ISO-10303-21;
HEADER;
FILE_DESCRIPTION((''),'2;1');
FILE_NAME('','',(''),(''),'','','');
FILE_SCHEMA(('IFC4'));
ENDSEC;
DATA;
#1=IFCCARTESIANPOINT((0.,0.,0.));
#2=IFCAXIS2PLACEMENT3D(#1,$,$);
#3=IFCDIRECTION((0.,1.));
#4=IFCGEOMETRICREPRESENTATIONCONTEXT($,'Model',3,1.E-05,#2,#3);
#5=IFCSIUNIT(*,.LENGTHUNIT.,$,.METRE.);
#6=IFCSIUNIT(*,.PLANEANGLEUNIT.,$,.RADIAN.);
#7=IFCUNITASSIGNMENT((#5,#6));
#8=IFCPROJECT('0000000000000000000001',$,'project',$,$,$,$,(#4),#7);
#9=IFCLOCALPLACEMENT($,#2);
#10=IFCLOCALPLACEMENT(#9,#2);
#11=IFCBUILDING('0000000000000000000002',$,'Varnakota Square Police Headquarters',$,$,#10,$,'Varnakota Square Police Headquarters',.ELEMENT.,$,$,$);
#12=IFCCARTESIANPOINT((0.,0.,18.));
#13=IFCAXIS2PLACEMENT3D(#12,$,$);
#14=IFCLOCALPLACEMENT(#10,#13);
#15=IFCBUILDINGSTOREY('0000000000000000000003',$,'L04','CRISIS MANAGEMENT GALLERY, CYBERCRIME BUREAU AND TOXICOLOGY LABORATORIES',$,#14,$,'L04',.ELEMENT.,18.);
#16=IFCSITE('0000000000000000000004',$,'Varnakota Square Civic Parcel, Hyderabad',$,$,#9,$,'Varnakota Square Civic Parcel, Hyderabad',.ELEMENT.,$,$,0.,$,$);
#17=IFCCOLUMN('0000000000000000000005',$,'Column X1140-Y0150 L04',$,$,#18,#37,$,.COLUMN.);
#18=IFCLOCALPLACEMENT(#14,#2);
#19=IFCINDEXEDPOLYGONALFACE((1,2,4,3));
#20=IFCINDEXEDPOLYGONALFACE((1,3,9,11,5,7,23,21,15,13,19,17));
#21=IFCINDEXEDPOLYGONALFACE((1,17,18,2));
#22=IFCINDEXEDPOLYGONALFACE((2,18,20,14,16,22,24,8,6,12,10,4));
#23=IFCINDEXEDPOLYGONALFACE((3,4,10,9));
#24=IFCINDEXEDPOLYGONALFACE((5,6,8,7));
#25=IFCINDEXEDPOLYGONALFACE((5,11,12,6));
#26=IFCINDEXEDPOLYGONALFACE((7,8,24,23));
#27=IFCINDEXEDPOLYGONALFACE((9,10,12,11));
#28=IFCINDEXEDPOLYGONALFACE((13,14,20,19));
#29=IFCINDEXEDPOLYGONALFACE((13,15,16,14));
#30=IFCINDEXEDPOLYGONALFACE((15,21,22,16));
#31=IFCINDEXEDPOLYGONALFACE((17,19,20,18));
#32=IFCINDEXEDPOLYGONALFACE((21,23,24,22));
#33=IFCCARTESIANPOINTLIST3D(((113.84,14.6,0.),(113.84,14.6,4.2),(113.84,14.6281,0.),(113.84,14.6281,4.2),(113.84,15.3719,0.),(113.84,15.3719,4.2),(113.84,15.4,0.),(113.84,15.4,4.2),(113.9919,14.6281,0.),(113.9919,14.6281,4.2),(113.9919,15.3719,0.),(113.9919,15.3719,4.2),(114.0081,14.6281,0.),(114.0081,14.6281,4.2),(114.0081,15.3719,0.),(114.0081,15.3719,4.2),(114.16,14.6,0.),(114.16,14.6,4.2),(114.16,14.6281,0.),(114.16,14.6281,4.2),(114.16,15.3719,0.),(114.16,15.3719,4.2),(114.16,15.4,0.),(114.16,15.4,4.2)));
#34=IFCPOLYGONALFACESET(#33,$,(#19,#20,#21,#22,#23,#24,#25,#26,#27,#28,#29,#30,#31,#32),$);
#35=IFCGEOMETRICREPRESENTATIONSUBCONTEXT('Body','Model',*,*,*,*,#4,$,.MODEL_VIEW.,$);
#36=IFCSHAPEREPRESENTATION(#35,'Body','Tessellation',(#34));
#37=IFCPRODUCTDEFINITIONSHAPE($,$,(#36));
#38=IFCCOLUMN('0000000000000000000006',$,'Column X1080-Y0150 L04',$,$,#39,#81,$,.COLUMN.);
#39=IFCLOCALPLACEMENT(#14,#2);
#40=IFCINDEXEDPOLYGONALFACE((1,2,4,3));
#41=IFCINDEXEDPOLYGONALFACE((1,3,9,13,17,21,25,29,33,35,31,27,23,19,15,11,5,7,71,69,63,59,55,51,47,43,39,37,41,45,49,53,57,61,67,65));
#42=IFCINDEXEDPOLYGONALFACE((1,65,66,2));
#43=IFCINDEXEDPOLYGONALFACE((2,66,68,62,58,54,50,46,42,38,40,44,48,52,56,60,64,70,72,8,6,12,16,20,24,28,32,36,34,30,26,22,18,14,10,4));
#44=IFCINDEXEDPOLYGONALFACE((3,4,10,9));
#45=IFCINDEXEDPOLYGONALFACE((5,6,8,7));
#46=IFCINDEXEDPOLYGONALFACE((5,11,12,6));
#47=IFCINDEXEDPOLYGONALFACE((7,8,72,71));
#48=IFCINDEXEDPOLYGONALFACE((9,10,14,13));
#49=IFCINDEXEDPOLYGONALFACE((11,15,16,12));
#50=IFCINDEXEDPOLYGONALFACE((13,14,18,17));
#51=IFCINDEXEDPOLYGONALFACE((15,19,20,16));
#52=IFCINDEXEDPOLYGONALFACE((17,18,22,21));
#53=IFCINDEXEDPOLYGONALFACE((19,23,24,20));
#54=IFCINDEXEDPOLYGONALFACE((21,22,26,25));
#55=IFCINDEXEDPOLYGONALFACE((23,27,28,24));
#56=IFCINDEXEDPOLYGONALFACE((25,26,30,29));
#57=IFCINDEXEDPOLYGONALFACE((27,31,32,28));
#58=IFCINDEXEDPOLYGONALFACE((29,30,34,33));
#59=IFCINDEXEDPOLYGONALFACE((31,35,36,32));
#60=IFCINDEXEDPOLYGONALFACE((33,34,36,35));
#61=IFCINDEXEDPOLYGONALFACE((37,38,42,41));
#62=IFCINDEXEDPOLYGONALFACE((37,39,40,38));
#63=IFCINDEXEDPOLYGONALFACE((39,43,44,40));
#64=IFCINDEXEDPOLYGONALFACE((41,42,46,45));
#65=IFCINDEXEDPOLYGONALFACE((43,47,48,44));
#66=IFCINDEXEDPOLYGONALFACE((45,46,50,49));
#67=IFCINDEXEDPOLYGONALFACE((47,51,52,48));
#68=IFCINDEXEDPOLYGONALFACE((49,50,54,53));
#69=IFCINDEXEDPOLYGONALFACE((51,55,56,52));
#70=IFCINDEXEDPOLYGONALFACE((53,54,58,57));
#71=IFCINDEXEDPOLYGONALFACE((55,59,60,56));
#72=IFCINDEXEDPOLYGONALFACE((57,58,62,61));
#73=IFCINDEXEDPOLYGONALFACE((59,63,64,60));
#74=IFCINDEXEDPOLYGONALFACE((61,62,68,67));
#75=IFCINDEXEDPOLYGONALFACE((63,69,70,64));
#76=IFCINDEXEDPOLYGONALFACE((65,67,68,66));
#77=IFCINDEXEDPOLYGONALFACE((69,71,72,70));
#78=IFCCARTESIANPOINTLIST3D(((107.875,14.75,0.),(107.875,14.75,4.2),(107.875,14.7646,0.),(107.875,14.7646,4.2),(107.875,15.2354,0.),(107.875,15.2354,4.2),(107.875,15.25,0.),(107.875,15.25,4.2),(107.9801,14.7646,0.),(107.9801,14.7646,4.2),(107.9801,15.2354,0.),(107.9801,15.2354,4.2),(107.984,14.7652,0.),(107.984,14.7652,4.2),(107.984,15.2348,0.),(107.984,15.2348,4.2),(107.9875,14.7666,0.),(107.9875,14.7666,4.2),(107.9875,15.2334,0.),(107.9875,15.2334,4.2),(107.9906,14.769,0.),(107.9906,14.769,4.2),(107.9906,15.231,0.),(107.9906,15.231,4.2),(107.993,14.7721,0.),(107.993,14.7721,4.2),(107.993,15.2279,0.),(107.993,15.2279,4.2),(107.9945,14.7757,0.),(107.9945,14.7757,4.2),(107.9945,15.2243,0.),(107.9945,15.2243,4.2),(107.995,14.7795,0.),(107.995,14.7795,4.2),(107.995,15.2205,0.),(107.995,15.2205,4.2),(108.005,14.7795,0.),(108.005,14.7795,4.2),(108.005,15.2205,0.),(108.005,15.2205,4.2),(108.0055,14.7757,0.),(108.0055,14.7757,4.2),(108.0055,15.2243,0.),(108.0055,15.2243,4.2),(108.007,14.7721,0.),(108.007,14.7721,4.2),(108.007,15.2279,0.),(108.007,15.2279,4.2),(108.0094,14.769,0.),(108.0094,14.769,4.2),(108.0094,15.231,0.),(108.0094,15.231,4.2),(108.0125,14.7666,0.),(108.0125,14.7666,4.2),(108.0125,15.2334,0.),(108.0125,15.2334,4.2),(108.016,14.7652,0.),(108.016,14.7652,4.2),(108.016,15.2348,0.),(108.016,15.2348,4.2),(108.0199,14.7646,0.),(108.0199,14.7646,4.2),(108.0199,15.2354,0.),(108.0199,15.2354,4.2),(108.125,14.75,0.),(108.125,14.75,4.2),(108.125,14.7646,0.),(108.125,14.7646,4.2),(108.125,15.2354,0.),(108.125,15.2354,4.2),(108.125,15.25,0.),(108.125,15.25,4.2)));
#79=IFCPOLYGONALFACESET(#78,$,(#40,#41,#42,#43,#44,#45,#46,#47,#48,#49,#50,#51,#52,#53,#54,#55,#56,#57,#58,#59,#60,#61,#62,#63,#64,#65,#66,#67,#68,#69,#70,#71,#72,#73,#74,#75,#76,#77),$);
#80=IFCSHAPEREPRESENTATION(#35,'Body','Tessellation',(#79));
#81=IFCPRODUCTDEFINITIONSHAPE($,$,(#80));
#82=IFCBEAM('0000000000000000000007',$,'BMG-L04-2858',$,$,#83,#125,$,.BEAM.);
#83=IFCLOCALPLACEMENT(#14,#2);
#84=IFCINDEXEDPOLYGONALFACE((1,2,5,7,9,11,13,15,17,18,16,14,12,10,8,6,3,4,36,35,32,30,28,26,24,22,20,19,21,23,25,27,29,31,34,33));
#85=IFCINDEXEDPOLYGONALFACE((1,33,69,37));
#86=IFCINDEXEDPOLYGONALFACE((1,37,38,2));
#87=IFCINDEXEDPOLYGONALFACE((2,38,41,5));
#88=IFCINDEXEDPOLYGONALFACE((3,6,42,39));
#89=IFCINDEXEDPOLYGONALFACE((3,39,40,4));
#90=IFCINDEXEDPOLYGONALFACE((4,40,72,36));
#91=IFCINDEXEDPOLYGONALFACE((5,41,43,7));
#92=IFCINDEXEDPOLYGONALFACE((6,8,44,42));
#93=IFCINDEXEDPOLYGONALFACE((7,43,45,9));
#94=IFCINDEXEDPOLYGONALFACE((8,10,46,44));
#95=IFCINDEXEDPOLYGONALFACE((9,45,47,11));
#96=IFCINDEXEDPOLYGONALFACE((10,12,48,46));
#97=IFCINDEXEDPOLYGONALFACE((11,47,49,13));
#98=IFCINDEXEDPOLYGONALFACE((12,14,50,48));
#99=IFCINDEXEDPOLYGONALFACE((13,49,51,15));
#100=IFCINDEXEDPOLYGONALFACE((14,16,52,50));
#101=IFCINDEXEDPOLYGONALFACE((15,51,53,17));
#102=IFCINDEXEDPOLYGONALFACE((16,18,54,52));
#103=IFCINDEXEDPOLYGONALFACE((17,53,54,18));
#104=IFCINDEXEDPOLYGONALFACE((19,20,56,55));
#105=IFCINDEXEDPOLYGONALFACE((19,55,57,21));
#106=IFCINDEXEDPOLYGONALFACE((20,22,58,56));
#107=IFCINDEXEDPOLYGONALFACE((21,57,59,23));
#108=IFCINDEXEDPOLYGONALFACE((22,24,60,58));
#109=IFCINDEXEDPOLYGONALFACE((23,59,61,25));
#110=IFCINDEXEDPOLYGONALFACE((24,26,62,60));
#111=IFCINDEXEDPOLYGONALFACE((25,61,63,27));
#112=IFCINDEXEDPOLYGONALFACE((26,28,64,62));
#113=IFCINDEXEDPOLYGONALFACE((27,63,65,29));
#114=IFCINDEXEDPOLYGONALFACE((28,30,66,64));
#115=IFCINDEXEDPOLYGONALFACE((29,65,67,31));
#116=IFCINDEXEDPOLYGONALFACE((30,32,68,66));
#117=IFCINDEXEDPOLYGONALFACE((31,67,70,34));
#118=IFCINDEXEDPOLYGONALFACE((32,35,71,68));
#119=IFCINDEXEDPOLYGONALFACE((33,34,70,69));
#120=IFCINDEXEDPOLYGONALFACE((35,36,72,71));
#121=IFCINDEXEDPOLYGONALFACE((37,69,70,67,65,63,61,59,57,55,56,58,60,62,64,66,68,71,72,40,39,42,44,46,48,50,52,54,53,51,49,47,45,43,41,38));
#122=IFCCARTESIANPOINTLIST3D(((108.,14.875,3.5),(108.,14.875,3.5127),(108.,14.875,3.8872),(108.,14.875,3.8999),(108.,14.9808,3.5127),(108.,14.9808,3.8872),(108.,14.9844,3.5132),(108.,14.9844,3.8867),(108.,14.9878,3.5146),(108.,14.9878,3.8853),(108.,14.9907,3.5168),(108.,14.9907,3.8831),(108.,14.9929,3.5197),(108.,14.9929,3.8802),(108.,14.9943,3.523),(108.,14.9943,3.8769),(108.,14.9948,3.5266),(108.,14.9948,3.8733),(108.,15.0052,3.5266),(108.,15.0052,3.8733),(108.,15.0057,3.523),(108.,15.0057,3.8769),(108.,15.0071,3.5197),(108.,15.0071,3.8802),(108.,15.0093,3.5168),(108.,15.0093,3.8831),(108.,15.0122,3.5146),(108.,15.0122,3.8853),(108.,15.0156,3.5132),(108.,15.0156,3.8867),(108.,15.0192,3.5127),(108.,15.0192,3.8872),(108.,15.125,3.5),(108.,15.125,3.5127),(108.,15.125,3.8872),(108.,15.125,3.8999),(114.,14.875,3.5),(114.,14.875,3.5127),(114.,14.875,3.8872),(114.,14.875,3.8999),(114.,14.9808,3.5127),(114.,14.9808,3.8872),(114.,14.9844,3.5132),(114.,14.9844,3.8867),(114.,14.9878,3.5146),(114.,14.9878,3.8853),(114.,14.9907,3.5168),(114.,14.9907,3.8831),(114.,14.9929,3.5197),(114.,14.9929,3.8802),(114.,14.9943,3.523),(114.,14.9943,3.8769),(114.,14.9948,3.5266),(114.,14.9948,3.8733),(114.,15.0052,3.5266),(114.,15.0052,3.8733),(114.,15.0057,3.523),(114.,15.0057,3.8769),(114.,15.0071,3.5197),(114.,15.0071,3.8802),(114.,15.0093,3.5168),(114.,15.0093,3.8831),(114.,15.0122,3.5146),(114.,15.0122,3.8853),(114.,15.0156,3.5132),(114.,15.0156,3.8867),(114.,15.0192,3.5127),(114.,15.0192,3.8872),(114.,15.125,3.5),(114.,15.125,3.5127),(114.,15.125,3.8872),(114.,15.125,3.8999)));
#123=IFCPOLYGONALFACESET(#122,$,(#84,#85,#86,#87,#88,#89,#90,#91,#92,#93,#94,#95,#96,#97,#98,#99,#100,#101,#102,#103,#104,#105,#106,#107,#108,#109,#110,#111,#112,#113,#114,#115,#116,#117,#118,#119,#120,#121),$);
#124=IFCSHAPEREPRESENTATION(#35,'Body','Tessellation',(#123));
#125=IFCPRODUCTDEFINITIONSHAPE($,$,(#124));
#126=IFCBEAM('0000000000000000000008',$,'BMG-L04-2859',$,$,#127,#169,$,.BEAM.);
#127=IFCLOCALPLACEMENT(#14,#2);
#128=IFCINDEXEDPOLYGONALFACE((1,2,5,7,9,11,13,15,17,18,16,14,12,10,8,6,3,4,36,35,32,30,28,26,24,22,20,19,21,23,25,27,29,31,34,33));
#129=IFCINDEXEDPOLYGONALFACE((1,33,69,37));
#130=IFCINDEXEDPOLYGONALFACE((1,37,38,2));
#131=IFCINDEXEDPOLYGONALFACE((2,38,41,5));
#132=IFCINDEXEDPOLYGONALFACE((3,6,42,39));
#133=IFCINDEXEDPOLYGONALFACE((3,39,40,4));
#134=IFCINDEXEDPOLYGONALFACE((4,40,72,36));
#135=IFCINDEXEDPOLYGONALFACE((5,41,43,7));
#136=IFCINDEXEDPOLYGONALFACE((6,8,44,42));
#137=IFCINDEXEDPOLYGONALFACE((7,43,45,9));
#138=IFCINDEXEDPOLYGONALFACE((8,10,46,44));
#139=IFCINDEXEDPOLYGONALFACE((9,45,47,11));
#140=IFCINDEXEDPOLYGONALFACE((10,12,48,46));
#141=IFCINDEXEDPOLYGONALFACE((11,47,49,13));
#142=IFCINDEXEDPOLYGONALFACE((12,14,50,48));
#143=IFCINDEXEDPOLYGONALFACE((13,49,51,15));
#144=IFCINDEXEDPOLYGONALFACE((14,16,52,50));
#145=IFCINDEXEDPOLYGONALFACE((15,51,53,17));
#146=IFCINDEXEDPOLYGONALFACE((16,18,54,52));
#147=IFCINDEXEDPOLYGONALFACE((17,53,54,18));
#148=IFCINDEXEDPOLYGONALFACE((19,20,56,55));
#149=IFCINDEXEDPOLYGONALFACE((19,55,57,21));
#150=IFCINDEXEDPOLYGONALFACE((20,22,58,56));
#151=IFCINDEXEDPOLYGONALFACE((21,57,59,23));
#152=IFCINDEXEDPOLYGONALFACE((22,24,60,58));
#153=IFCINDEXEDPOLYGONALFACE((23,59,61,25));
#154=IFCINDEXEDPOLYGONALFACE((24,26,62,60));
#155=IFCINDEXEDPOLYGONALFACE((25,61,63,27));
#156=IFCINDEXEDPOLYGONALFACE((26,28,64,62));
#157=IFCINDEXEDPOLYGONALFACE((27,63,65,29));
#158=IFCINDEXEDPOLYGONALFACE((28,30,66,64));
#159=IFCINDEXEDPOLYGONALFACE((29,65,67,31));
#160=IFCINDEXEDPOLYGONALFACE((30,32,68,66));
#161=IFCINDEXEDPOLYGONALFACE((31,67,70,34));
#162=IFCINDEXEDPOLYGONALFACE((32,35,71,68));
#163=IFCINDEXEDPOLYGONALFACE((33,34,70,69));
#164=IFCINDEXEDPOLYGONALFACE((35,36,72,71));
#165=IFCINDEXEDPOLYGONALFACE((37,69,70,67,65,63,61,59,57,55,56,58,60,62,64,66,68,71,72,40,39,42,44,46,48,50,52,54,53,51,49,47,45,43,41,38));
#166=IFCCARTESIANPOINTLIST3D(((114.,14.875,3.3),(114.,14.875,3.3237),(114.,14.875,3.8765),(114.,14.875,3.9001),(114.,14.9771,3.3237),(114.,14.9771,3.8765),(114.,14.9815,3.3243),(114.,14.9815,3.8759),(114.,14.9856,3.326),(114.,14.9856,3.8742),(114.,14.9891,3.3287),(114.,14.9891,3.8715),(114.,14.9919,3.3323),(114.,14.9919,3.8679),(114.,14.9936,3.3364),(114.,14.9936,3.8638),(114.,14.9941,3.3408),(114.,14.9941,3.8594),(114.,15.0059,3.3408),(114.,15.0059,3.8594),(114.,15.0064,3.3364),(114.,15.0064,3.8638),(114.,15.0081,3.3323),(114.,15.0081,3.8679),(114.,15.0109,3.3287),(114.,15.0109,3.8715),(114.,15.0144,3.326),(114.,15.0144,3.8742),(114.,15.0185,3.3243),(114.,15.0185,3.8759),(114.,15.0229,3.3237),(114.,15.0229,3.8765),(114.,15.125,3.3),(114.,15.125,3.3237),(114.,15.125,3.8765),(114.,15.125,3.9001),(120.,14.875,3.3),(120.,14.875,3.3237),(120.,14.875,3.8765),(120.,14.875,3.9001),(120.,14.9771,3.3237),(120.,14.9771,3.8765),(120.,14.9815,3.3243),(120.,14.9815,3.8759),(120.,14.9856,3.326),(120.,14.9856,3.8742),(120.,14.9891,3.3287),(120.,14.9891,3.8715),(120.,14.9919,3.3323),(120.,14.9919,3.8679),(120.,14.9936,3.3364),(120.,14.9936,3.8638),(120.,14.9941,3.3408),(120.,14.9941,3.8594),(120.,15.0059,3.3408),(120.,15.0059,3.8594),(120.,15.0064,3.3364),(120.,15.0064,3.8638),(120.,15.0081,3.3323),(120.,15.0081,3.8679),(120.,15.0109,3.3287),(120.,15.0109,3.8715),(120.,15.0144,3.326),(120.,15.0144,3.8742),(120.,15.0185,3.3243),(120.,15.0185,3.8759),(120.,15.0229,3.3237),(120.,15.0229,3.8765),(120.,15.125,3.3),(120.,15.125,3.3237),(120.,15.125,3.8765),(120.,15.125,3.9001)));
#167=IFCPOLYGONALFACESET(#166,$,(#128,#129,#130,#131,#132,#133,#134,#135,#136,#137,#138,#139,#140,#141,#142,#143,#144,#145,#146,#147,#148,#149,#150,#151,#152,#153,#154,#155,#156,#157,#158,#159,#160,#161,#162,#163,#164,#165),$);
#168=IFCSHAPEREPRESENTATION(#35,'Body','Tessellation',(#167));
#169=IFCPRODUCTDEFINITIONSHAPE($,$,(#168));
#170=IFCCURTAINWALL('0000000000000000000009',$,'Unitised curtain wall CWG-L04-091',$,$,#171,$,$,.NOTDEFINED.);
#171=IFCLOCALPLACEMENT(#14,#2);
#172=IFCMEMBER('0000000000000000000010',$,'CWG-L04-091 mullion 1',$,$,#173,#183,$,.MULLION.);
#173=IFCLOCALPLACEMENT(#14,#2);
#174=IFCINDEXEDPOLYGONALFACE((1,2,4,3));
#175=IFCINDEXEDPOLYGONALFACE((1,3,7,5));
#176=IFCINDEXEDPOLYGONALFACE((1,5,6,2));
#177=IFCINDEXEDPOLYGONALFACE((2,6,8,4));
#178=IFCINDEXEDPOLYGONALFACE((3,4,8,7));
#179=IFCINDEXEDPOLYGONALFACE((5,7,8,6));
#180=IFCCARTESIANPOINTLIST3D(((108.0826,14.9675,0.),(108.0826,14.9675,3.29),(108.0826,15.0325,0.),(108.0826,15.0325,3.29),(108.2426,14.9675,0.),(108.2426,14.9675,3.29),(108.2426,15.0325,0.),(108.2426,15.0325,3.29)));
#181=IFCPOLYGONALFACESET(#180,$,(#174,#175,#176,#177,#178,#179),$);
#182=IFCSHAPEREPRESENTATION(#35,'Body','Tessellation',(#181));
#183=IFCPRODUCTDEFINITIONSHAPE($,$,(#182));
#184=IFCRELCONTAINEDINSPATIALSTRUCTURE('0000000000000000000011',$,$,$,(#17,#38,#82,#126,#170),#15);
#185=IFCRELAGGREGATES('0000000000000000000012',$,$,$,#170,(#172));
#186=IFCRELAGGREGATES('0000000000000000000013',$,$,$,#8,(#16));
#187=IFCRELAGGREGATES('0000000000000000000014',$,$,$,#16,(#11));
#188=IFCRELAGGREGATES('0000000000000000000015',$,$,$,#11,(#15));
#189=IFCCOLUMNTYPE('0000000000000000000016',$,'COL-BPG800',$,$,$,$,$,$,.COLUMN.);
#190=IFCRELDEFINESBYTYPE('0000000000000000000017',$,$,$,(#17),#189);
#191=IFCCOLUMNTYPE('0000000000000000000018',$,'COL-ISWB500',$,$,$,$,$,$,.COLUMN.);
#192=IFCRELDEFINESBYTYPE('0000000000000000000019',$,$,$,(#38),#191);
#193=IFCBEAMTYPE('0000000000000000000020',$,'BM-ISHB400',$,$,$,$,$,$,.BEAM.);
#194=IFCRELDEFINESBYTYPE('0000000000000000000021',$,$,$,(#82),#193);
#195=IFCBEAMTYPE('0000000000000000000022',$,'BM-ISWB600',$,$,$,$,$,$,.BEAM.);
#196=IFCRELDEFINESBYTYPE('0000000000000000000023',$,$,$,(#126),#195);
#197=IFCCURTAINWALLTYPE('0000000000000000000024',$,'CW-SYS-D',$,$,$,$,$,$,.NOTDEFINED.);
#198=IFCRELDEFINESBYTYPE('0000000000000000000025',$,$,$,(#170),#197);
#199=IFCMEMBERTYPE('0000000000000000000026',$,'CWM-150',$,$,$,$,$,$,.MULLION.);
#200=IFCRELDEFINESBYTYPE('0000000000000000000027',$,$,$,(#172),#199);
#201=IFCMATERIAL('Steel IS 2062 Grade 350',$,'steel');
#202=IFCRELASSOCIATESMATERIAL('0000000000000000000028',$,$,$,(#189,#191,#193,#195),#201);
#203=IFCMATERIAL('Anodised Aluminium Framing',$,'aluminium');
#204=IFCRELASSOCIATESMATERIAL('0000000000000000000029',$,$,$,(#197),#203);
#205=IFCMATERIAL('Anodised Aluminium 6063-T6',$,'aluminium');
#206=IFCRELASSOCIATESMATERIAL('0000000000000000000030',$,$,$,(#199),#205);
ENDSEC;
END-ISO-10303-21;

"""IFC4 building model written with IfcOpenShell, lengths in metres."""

from ifc_helpers import new_model, si_unit, direction, frame, origin, origin_2d, place, context, subcontext, project, spatial, rectangle, i_section, extrude, material, material_profile, profile_set, type_object, element, aggregate, save


model = new_model("IFC4")

# Units and contexts
model_context = context("Model", 3, precision=1e-05, world=origin(), true_north=direction((0.0, 1.0)))
body_context = subcontext(model_context, "Body", "Model", "MODEL_VIEW")
ifc_project = project(units=[si_unit("LENGTHUNIT", "METRE"), si_unit("PLANEANGLEUNIT", "RADIAN")], contexts=[model_context])

# Site, building, storey
site_placement = place(None, origin())
site = spatial("IfcSite", under=ifc_project, at=site_placement, Name="Varnakota Square Civic Parcel, Hyderabad", LongName="Varnakota Square Civic Parcel, Hyderabad", CompositionType="ELEMENT", RefElevation=0.0)
building_placement = place(site_placement, origin())
building = spatial("IfcBuilding", under=site, at=building_placement, Name="Varnakota Square Police Headquarters", LongName="Varnakota Square Police Headquarters", CompositionType="ELEMENT")
storey_placement = place(building_placement, frame((0.0, 0.0, 18.0)))
storey = spatial("IfcBuildingStorey", under=building, at=storey_placement, Name="L04", Description="CRISIS MANAGEMENT GALLERY, CYBERCRIME BUREAU AND TOXICOLOGY LABORATORIES", LongName="L04", CompositionType="ELEMENT", Elevation=18.0)

# Columns
ifc_material_1 = material(Name="Steel IS 2062 Grade 350", Category="steel")
ifc_material_profile_1 = material_profile(ifc_material_1, i_section(OverallWidth=0.3201, OverallDepth=0.8, WebThickness=0.0161, FlangeThickness=0.0281, at=origin_2d()), Name="BPG 800x320")
ifc_profile_set_1 = profile_set([ifc_material_profile_1], Name="Steel IS 2062 Grade 350")
column_type_1 = type_object("IfcColumnType", Name="COL-BPG800", PredefinedType="COLUMN", material=ifc_profile_set_1)
column_1_placement = place(storey_placement, frame((114.0, 15.0, 0.0), z_axis=(0.0, 0.0, 1.0), x_axis=(1.0, 0.0, 0.0)))
element("IfcColumn", 1, at=column_1_placement, inside=storey, type_object=column_type_1, Name="Column X1140-Y0150 L04", PredefinedType="COLUMN", context=body_context, shape_type="SweptSolid", body=[
    extrude(i_section(OverallWidth=0.3201, OverallDepth=0.8, WebThickness=0.0161, FlangeThickness=0.0281, at=origin_2d()), origin(), (0.0, 0.0, 1.0), 4.2),
])
ifc_material_profile_2 = material_profile(ifc_material_1, i_section(OverallWidth=0.25, OverallDepth=0.5, WebThickness=0.01, FlangeThickness=0.0146, FilletRadius=0.0149, at=origin_2d()), Name="ISWB 500")
ifc_profile_set_2 = profile_set([ifc_material_profile_2], Name="Steel IS 2062 Grade 350")
column_type_2 = type_object("IfcColumnType", Name="COL-ISWB500", PredefinedType="COLUMN", material=ifc_profile_set_2)
column_2_placement = place(storey_placement, frame((108.0, 15.0, 0.0), z_axis=(0.0, 0.0, 1.0), x_axis=(1.0, 0.0, 0.0)))
element("IfcColumn", 2, at=column_2_placement, inside=storey, type_object=column_type_2, Name="Column X1080-Y0150 L04", PredefinedType="COLUMN", context=body_context, shape_type="SweptSolid", body=[
    extrude(i_section(OverallWidth=0.25, OverallDepth=0.5, WebThickness=0.01, FlangeThickness=0.0146, FilletRadius=0.0149, at=origin_2d()), origin(), (0.0, 0.0, 1.0), 4.2),
])

# Beams
ifc_material_profile_3 = material_profile(ifc_material_1, i_section(OverallWidth=0.25, OverallDepth=0.3999, WebThickness=0.0105, FlangeThickness=0.0127, FilletRadius=0.0139, at=origin_2d()), Name="ISHB 400")
ifc_profile_set_3 = profile_set([ifc_material_profile_3], Name="Steel IS 2062 Grade 350")
beam_type_1 = type_object("IfcBeamType", Name="BM-ISHB400", PredefinedType="BEAM", material=ifc_profile_set_3)
beam_1_placement = place(storey_placement, frame((108.0, 15.0, 3.7), z_axis=(1.0, 0.0, 0.0), x_axis=(0.0, 1.0, 0.0)))
element("IfcBeam", 3, at=beam_1_placement, inside=storey, type_object=beam_type_1, Name="BMG-L04-2858", PredefinedType="BEAM", context=body_context, shape_type="SweptSolid", body=[
    extrude(i_section(OverallWidth=0.25, OverallDepth=0.3999, WebThickness=0.0105, FlangeThickness=0.0127, FilletRadius=0.0139, at=origin_2d()), origin(), (0.0, 0.0, 1.0), 6.0),
])
ifc_material_profile_4 = material_profile(ifc_material_1, i_section(OverallWidth=0.25, OverallDepth=0.6001, WebThickness=0.0117, FlangeThickness=0.0237, FilletRadius=0.0171, at=origin_2d()), Name="ISWB 600")
ifc_profile_set_4 = profile_set([ifc_material_profile_4], Name="Steel IS 2062 Grade 350")
beam_type_2 = type_object("IfcBeamType", Name="BM-ISWB600", PredefinedType="BEAM", material=ifc_profile_set_4)
beam_2_placement = place(storey_placement, frame((114.0, 15.0, 3.6001), z_axis=(1.0, 0.0, 0.0), x_axis=(0.0, 1.0, 0.0)))
element("IfcBeam", 4, at=beam_2_placement, inside=storey, type_object=beam_type_2, Name="BMG-L04-2859", PredefinedType="BEAM", context=body_context, shape_type="SweptSolid", body=[
    extrude(i_section(OverallWidth=0.25, OverallDepth=0.6001, WebThickness=0.0117, FlangeThickness=0.0237, FilletRadius=0.0171, at=origin_2d()), origin(), (0.0, 0.0, 1.0), 6.0),
])

# Curtain wall, member
ifc_material_2 = material(Name="Anodised Aluminium Framing", Category="aluminium")
curtain_wall_type = type_object("IfcCurtainWallType", Name="CW-SYS-D", PredefinedType="NOTDEFINED", material=ifc_material_2)
curtain_wall_1_placement = place(storey_placement, origin())
curtain_wall_1 = element("IfcCurtainWall", 5, at=curtain_wall_1_placement, inside=storey, type_object=curtain_wall_type, Name="Unitised curtain wall CWG-L04-091", PredefinedType="NOTDEFINED")
ifc_material_3 = material(Name="Anodised Aluminium 6063-T6", Category="aluminium")
ifc_material_profile_5 = material_profile(ifc_material_3, rectangle(XDim=0.0649, YDim=0.1599, at=origin_2d()), Name="ALU MULLION 65x160")
ifc_profile_set_5 = profile_set([ifc_material_profile_5], Name="Anodised Aluminium 6063-T6")
member_type_1 = type_object("IfcMemberType", Name="CWM-150", PredefinedType="MULLION", material=ifc_profile_set_5)
member_1_placement = place(storey_placement, frame((108.1626, 15.0, 0.0), z_axis=(0.0, 0.0, 1.0), x_axis=(0.0, 1.0, 0.0)))
member_1 = element("IfcMember", 6, at=member_1_placement, type_object=member_type_1, Name="CWG-L04-091 mullion 1", PredefinedType="MULLION", context=body_context, shape_type="SweptSolid", body=[
    extrude(rectangle(XDim=0.0649, YDim=0.1599, at=origin_2d()), origin(), (0.0, 0.0, 1.0), 3.29),
])

aggregate(curtain_wall_1, [member_1])

save(model, "model.ifc")
